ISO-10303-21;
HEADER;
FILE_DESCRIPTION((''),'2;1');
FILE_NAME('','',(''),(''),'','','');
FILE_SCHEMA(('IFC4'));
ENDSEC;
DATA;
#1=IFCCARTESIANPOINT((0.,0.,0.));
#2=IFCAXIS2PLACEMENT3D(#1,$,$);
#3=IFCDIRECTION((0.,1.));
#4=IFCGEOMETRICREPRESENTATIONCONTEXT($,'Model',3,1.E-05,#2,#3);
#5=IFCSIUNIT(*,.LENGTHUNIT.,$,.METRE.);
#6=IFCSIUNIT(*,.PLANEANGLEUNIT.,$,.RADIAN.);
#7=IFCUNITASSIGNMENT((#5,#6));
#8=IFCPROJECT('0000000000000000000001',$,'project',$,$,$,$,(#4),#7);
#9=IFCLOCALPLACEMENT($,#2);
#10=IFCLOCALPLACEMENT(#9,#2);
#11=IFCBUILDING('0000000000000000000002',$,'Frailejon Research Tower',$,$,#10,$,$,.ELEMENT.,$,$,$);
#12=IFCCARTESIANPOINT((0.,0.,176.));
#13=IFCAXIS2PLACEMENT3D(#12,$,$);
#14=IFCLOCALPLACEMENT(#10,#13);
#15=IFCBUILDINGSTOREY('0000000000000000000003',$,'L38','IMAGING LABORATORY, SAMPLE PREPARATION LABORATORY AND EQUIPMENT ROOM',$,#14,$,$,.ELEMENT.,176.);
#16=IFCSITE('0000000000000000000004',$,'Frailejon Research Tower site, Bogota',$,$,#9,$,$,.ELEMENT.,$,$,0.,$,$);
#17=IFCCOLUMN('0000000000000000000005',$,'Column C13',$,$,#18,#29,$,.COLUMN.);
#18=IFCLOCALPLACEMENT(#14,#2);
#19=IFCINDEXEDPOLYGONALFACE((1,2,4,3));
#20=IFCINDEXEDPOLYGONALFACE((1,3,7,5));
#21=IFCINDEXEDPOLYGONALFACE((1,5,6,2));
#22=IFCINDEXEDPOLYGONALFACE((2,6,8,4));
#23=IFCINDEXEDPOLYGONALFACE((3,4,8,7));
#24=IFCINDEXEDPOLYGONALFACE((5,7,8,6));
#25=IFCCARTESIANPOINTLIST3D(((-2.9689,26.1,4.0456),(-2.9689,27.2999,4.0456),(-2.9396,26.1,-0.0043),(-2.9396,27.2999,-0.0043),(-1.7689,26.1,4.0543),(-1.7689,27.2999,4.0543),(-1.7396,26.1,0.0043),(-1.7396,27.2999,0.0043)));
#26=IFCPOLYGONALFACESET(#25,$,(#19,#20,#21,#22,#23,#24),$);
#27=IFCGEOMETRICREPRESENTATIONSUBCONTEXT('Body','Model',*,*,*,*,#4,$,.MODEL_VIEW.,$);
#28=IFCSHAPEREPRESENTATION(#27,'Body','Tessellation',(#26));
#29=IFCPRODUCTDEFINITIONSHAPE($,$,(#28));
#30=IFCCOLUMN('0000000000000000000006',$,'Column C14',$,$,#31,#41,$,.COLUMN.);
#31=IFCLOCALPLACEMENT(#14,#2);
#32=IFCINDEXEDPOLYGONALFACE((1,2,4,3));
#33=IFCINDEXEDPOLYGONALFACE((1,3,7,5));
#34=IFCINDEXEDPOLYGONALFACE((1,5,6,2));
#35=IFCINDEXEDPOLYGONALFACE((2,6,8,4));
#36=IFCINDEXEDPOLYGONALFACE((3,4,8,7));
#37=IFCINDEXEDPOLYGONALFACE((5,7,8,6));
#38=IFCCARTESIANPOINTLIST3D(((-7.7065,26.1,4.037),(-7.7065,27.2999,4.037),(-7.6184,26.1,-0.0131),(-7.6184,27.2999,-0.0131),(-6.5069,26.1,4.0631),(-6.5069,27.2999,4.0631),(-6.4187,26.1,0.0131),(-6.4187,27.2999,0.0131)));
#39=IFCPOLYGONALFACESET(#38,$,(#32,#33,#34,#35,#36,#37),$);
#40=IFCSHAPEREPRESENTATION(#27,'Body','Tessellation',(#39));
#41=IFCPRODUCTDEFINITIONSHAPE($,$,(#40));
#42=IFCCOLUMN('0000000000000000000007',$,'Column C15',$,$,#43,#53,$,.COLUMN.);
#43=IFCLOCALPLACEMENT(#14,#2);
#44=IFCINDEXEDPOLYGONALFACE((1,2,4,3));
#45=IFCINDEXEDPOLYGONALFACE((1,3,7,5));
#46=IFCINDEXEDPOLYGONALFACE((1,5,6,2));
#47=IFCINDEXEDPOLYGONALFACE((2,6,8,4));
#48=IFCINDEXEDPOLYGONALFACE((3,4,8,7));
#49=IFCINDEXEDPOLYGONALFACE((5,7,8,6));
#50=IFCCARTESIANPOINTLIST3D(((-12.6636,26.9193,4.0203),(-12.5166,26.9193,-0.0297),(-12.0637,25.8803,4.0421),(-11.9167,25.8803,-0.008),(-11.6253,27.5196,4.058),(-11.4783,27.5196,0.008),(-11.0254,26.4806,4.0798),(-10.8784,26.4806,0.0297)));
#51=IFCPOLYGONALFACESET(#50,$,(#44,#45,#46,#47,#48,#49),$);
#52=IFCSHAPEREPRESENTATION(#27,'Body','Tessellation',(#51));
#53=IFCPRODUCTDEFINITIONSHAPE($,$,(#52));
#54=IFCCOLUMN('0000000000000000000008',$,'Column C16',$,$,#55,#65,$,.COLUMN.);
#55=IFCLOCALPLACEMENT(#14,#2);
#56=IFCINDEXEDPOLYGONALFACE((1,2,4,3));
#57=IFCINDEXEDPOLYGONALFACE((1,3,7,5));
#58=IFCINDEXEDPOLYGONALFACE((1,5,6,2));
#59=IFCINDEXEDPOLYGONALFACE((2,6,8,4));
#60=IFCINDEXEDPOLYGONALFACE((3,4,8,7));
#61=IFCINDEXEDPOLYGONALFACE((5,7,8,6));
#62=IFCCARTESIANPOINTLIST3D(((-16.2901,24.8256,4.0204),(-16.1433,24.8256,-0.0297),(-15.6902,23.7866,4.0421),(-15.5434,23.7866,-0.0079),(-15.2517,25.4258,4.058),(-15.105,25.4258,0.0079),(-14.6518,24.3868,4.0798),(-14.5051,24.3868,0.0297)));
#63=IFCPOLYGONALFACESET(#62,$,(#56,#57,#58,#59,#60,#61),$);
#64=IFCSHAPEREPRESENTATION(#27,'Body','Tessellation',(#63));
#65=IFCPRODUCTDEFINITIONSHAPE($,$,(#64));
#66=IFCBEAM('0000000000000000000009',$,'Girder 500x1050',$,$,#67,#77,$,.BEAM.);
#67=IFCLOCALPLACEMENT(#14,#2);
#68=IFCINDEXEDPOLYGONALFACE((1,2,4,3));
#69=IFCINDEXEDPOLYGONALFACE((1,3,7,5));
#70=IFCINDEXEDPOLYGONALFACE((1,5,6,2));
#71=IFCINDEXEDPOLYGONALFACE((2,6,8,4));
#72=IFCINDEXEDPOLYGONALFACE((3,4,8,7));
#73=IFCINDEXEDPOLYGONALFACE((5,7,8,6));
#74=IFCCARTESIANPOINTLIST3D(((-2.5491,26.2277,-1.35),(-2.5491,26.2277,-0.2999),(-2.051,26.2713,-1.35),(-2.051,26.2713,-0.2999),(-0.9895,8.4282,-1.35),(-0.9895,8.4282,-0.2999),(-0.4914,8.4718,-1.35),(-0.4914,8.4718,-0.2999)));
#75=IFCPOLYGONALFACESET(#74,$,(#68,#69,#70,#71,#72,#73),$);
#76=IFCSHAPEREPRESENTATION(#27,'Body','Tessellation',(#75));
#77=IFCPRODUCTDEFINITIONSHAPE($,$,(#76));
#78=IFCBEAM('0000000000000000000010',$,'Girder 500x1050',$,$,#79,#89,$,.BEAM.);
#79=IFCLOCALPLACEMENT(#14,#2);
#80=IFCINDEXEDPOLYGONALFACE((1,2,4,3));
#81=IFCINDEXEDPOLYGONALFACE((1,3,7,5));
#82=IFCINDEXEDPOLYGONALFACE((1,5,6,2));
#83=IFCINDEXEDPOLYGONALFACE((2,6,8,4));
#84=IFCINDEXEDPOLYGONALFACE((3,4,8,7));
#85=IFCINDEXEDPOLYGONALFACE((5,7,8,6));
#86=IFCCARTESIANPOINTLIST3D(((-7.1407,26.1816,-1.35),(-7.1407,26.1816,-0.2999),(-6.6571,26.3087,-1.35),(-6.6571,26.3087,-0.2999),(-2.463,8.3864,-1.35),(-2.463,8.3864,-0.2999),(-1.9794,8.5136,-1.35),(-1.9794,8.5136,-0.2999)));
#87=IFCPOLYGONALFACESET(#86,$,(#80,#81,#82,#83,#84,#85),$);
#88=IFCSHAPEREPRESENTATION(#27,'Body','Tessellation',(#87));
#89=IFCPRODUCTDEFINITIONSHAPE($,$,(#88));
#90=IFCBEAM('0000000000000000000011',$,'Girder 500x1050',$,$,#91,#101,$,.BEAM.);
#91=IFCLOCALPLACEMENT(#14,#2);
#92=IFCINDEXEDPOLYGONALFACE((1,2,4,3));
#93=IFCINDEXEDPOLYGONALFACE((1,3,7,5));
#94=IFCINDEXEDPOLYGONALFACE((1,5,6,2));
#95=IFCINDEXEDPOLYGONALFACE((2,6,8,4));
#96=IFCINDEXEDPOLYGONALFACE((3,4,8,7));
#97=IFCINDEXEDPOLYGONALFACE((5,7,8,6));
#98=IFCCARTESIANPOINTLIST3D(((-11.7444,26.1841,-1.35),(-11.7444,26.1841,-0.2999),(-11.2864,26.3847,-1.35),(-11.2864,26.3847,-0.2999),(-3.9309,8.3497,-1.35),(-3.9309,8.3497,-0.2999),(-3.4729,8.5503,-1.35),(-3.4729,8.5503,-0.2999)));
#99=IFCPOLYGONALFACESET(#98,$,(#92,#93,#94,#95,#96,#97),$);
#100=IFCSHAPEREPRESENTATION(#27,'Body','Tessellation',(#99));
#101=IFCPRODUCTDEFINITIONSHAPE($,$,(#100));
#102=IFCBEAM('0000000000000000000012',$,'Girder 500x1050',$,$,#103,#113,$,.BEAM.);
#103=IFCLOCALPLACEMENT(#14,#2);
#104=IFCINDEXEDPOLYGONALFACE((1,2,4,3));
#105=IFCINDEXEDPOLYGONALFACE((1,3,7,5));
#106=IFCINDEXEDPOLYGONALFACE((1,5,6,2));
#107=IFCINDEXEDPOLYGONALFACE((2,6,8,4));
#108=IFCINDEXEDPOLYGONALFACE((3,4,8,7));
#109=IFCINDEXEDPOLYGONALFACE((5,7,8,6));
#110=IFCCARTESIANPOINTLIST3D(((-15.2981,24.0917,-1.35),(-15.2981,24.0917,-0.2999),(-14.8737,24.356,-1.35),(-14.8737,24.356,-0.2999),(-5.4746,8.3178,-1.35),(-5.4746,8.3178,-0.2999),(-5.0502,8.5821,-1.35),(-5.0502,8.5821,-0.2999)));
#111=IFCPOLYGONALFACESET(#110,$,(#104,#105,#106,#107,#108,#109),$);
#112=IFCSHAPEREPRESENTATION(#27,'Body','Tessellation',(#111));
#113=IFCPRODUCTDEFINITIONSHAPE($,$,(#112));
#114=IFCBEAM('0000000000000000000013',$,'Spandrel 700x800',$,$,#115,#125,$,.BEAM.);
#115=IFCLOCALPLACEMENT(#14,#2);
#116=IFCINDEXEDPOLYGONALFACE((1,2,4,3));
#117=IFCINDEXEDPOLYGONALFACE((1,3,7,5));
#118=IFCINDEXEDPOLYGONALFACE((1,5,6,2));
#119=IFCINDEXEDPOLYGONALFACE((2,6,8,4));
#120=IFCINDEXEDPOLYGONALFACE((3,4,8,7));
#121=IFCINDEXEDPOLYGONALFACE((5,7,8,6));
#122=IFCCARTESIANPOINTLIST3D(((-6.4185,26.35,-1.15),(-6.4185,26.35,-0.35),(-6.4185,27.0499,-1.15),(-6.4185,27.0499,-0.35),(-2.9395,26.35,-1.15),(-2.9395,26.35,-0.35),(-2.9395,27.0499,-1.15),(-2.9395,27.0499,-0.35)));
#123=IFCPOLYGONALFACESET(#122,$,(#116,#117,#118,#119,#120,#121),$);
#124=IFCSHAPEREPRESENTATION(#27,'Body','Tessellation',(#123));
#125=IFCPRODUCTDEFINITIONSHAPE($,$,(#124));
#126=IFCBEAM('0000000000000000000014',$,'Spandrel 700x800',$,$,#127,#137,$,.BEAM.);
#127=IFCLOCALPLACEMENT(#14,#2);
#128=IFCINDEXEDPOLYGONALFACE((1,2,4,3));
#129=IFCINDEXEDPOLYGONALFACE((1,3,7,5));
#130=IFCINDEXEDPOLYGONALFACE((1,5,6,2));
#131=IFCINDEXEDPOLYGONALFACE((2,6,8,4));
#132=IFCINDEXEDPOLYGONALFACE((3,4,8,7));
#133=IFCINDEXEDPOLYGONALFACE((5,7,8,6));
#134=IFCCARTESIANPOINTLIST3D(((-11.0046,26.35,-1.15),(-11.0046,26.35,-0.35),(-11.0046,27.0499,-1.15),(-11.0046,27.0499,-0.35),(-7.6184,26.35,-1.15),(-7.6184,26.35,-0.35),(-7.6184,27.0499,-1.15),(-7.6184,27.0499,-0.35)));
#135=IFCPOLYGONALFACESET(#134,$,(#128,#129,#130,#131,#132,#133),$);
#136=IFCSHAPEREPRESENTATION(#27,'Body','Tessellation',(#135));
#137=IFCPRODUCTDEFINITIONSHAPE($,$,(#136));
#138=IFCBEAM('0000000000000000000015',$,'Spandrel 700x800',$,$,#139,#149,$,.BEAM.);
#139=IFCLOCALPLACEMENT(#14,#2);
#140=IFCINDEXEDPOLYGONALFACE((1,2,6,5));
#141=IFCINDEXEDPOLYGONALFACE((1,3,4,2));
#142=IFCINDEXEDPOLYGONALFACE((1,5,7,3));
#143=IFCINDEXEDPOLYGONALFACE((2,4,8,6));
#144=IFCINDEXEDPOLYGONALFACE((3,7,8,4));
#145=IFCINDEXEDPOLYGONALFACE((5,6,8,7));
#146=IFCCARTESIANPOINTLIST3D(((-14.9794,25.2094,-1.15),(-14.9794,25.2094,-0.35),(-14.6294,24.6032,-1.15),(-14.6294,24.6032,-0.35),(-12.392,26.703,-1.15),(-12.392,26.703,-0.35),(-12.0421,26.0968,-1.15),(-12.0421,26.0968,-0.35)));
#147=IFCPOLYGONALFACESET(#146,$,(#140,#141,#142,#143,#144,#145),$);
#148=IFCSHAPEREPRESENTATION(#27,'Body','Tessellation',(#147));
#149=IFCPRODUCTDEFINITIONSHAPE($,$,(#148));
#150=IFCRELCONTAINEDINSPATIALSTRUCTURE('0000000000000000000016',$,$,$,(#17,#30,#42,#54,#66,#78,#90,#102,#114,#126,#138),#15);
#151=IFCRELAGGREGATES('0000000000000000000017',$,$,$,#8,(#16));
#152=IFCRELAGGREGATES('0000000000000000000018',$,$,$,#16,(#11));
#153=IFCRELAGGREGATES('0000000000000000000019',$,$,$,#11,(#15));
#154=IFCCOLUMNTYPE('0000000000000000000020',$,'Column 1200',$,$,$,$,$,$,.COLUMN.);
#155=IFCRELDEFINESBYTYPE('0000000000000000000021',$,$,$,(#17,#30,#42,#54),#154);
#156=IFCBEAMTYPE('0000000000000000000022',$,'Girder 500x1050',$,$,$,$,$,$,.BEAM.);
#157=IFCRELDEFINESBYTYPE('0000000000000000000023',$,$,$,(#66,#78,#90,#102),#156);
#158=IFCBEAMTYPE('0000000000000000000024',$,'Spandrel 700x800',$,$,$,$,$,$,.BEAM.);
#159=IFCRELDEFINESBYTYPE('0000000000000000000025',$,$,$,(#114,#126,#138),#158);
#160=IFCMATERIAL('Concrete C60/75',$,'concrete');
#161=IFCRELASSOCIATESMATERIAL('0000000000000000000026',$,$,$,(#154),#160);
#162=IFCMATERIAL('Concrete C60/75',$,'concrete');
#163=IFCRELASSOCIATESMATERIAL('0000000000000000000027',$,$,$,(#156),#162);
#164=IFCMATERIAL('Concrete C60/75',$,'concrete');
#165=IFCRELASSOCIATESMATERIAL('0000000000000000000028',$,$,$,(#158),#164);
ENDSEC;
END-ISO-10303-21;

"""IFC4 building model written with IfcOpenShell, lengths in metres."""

from ifc_helpers import new_model, si_unit, direction, frame, origin, origin_2d, place, context, subcontext, project, spatial, rectangle, extrude, material, material_profile, profile_set, type_object, element, save


model = new_model("IFC4")

# Units and contexts
model_context = context("Model", 3, precision=1e-05, world=origin(), true_north=direction((0.0, 1.0)))
body_context = subcontext(model_context, "Body", "Model", "MODEL_VIEW")
ifc_project = project(units=[si_unit("LENGTHUNIT", "METRE"), si_unit("PLANEANGLEUNIT", "RADIAN")], contexts=[model_context])

# Site, building, storey
site_placement = place(None, origin())
site = spatial("IfcSite", under=ifc_project, at=site_placement, Name="Frailejon Research Tower site, Bogota", CompositionType="ELEMENT", RefElevation=0.0)
building_placement = place(site_placement, origin())
building = spatial("IfcBuilding", under=site, at=building_placement, Name="Frailejon Research Tower", CompositionType="ELEMENT")
storey_placement = place(building_placement, frame((0.0, 0.0, 176.0)))
storey = spatial("IfcBuildingStorey", under=building, at=storey_placement, Name="L38", Description="IMAGING LABORATORY, SAMPLE PREPARATION LABORATORY AND EQUIPMENT ROOM", CompositionType="ELEMENT", Elevation=176.0)

# Columns
ifc_material_1 = material(Name="Concrete C60/75", Category="concrete")
ifc_material_profile_1 = material_profile(ifc_material_1, rectangle(XDim=1.2, YDim=1.2, at=origin_2d()), Name="Column 1200")
ifc_profile_set_1 = profile_set([ifc_material_profile_1], Name="Concrete C60/75")
column_type = type_object("IfcColumnType", Name="Column 1200", PredefinedType="COLUMN", material=ifc_profile_set_1)
column_1_placement = place(storey_placement, frame((-2.3396, 26.7, 0.0), z_axis=(-0.007234, 0.0, 0.999974), x_axis=(-0.999974, 0.0, -0.007234)))
element("IfcColumn", 1, at=column_1_placement, inside=storey, type_object=column_type, Name="Column C13", PredefinedType="COLUMN", context=body_context, shape_type="SweptSolid", body=[
    extrude(rectangle(XDim=1.2, YDim=1.2, at=origin_2d()), origin(), (0.0, 0.0, 1.0), 4.05),
])
column_2_placement = place(storey_placement, frame((-7.0186, 26.7, 0.0), z_axis=(-0.021756, 0.0, 0.999763), x_axis=(-0.999763, 0.0, -0.021756)))
element("IfcColumn", 2, at=column_2_placement, inside=storey, type_object=column_type, Name="Column C14", PredefinedType="COLUMN", context=body_context, shape_type="SweptSolid", body=[
    extrude(rectangle(XDim=1.2, YDim=1.2, at=origin_2d()), origin(), (0.0, 0.0, 1.0), 4.051),
])
for number, where, z_axis, x_axis, name in (
    (3, (-11.6975, 26.7, 0.0), (-0.036265, 0.0, 0.999342), (-0.865314, -0.500246, -0.031401), "Column C15"),
    (4, (-15.3242, 24.6062, 0.0), (-0.036205, 0.0, 0.999344), (-0.865315, -0.500246, -0.031349), "Column C16"),
):
    element("IfcColumn", number, at=place(storey_placement, frame(where, z_axis=z_axis, x_axis=x_axis)), inside=storey, type_object=column_type, Name=name, PredefinedType="COLUMN", context=body_context, shape_type="SweptSolid", body=[
        extrude(rectangle(XDim=1.2, YDim=1.2, at=origin_2d()), origin(), (0.0, 0.0, 1.0), 4.0527),
    ])

# Beams
ifc_material_2 = material(Name="Concrete C60/75", Category="concrete")
ifc_material_profile_2 = material_profile(ifc_material_2, rectangle(XDim=0.5, YDim=1.05, at=origin_2d()), Name="Girder 500x1050")
ifc_profile_set_2 = profile_set([ifc_material_profile_2], Name="Concrete C60/75")
beam_type_1 = type_object("IfcBeamType", Name="Girder 500x1050", PredefinedType="BEAM", material=ifc_profile_set_2)
beam_1_placement = place(storey_placement, frame((-2.3, 26.2495, -0.825), z_axis=(0.087284, -0.996183, 0.0), x_axis=(0.996183, 0.087284, 0.0)))
element("IfcBeam", 5, at=beam_1_placement, inside=storey, type_object=beam_type_1, Name="Girder 500x1050", PredefinedType="BEAM", context=body_context, shape_type="SweptSolid", body=[
    extrude(rectangle(XDim=0.5, YDim=1.05, at=origin_2d()), origin(), (0.0, 0.0, 1.0), 17.8677),
])
beam_2_placement = place(storey_placement, frame((-6.8989, 26.2451, -0.825), z_axis=(0.254229, -0.967144, 0.0), x_axis=(0.967144, 0.254229, 0.0)))
element("IfcBeam", 6, at=beam_2_placement, inside=storey, type_object=beam_type_1, Name="Girder 500x1050", PredefinedType="BEAM", context=body_context, shape_type="SweptSolid", body=[
    extrude(rectangle(XDim=0.5, YDim=1.05, at=origin_2d()), origin(), (0.0, 0.0, 1.0), 18.3997),
])
beam_3_placement = place(storey_placement, frame((-11.5154, 26.2844, -0.825), z_axis=(0.401288, -0.915952, 0.0), x_axis=(0.915952, 0.401288, 0.0)))
element("IfcBeam", 7, at=beam_3_placement, inside=storey, type_object=beam_type_1, Name="Girder 500x1050", PredefinedType="BEAM", context=body_context, shape_type="SweptSolid", body=[
    extrude(rectangle(XDim=0.5, YDim=1.05, at=origin_2d()), origin(), (0.0, 0.0, 1.0), 19.4709),
])
beam_4_placement = place(storey_placement, frame((-15.0859, 24.2239, -0.825), z_axis=(0.528635, -0.848849, 0.0), x_axis=(0.848849, 0.528635, 0.0)))
element("IfcBeam", 8, at=beam_4_placement, inside=storey, type_object=beam_type_1, Name="Girder 500x1050", PredefinedType="BEAM", context=body_context, shape_type="SweptSolid", body=[
    extrude(rectangle(XDim=0.5, YDim=1.05, at=origin_2d()), origin(), (0.0, 0.0, 1.0), 18.5828),
])
ifc_material_3 = material(Name="Concrete C60/75", Category="concrete")
ifc_material_profile_3 = material_profile(ifc_material_3, rectangle(XDim=0.7, YDim=0.8, at=origin_2d()), Name="Spandrel 700x800")
ifc_profile_set_3 = profile_set([ifc_material_profile_3], Name="Concrete C60/75")
beam_type_2 = type_object("IfcBeamType", Name="Spandrel 700x800", PredefinedType="BEAM", material=ifc_profile_set_3)
beam_5_placement = place(storey_placement, frame((-2.9395, 26.7, -0.75), z_axis=(-1.0, 0.0, 0.0), x_axis=(0.0, -1.0, 0.0)))
element("IfcBeam", 9, at=beam_5_placement, inside=storey, type_object=beam_type_2, Name="Spandrel 700x800", PredefinedType="BEAM", context=body_context, shape_type="SweptSolid", body=[
    extrude(rectangle(XDim=0.7, YDim=0.8, at=origin_2d()), origin(), (0.0, 0.0, 1.0), 3.479),
])
beam_6_placement = place(storey_placement, frame((-7.6184, 26.7, -0.75), z_axis=(-1.0, 0.0, 0.0), x_axis=(0.0, -1.0, 0.0)))
element("IfcBeam", 10, at=beam_6_placement, inside=storey, type_object=beam_type_2, Name="Spandrel 700x800", PredefinedType="BEAM", context=body_context, shape_type="SweptSolid", body=[
    extrude(rectangle(XDim=0.7, YDim=0.8, at=origin_2d()), origin(), (0.0, 0.0, 1.0), 3.3862),
])
beam_7_placement = place(storey_placement, frame((-12.217, 26.3999, -0.75), z_axis=(-0.866052, -0.499954, 0.0), x_axis=(0.499954, -0.866052, 0.0)))
element("IfcBeam", 11, at=beam_7_placement, inside=storey, type_object=beam_type_2, Name="Spandrel 700x800", PredefinedType="BEAM", context=body_context, shape_type="SweptSolid", body=[
    extrude(rectangle(XDim=0.7, YDim=0.8, at=origin_2d()), origin(), (0.0, 0.0, 1.0), 2.9875),
])

save(model, "model.ifc")
